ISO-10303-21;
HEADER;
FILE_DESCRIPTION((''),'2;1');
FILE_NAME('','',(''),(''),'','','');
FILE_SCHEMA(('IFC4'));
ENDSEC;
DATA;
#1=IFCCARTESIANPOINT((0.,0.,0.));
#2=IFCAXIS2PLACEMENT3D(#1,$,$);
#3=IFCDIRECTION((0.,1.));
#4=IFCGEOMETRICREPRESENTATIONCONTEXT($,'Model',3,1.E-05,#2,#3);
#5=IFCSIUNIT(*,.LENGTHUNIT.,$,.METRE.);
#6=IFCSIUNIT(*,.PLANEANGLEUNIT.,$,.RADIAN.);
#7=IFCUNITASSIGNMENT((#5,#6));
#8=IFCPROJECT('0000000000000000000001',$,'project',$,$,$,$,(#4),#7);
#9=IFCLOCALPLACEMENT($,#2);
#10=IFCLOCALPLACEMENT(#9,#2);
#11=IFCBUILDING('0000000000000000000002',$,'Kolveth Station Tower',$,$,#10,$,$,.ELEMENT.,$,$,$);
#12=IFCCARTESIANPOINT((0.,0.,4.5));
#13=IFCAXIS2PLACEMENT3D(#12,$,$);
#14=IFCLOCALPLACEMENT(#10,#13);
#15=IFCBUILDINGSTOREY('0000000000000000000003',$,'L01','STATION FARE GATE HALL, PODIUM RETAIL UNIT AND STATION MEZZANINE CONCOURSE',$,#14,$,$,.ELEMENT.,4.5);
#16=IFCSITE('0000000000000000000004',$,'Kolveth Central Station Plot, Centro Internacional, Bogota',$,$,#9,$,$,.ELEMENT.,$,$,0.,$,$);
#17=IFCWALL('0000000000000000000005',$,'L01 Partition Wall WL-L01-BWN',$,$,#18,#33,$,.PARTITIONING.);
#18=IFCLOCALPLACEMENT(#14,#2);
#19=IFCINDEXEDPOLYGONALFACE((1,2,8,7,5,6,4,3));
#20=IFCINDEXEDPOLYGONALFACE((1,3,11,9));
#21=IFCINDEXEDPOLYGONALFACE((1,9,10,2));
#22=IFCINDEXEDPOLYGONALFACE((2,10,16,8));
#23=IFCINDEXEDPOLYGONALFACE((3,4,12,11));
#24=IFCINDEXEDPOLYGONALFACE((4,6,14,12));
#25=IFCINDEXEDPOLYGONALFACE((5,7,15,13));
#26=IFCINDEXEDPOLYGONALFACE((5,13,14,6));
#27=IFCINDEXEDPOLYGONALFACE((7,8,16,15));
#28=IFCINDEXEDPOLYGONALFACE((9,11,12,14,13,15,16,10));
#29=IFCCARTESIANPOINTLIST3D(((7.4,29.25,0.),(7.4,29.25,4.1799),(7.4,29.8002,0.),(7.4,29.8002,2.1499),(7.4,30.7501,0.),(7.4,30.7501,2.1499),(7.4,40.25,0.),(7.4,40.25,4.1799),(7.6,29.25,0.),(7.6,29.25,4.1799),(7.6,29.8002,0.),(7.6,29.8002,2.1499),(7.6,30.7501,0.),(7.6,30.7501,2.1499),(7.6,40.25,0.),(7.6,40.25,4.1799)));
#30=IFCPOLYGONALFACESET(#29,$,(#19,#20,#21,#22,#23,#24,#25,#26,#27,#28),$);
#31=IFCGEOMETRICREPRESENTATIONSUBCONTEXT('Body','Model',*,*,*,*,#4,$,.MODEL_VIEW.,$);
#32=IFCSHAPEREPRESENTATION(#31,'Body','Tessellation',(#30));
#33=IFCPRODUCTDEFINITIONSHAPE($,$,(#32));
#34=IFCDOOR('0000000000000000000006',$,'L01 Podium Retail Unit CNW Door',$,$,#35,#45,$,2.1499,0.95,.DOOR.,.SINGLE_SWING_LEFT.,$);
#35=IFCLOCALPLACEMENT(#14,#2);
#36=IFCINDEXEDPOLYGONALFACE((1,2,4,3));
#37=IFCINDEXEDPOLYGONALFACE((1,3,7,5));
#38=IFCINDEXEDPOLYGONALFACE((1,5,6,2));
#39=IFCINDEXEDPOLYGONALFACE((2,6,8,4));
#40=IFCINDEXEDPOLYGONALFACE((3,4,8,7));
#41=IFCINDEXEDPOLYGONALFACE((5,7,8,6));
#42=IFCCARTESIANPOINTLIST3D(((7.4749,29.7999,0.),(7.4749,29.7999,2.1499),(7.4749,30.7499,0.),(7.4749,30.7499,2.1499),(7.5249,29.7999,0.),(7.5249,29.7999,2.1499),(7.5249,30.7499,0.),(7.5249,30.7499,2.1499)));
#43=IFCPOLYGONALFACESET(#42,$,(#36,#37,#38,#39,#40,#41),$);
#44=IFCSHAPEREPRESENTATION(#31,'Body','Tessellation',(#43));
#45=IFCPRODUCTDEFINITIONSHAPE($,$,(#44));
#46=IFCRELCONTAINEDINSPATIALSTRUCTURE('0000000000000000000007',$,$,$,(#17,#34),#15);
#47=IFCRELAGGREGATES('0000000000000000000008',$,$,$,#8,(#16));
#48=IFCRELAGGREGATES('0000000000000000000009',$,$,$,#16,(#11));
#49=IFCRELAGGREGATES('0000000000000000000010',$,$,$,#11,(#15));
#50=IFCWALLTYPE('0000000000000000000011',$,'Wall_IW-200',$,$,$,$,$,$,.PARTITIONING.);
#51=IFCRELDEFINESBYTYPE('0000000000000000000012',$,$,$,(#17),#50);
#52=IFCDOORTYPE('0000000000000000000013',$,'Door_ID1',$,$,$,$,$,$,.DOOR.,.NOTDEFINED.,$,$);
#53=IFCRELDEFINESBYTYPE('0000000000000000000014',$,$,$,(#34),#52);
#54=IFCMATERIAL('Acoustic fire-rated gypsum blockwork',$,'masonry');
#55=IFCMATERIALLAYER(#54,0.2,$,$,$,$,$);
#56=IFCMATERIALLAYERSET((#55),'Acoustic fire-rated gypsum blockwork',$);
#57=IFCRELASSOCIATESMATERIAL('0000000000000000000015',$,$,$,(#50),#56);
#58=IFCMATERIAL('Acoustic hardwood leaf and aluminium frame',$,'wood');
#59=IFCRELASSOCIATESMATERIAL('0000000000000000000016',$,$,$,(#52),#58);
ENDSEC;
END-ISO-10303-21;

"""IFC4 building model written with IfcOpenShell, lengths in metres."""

from ifc_helpers import new_model, si_unit, direction, frame, frame_2d, origin, place, context, subcontext, project, spatial, rectangle, extrude, material, layer, layer_set, type_object, element, fill, save


model = new_model("IFC4")

# Units and contexts
model_context = context("Model", 3, precision=1e-05, world=origin(), true_north=direction((0.0, 1.0)))
body_context = subcontext(model_context, "Body", "Model", "MODEL_VIEW")
ifc_project = project(units=[si_unit("LENGTHUNIT", "METRE"), si_unit("PLANEANGLEUNIT", "RADIAN")], contexts=[model_context])

# Site, building, storey
site_placement = place(None, origin())
site = spatial("IfcSite", under=ifc_project, at=site_placement, Name="Kolveth Central Station Plot, Centro Internacional, Bogota", CompositionType="ELEMENT", RefElevation=0.0)
building_placement = place(site_placement, origin())
building = spatial("IfcBuilding", under=site, at=building_placement, Name="Kolveth Station Tower", CompositionType="ELEMENT")
storey_placement = place(building_placement, frame((0.0, 0.0, 4.5)))
storey = spatial("IfcBuildingStorey", under=building, at=storey_placement, Name="L01", Description="STATION FARE GATE HALL, PODIUM RETAIL UNIT AND STATION MEZZANINE CONCOURSE", CompositionType="ELEMENT", Elevation=4.5)

# Shared definitions
ifc_material_1 = material(Name="Acoustic fire-rated gypsum blockwork", Category="masonry")
ifc_layer = layer(ifc_material_1, 0.2)
ifc_layer_set = layer_set([ifc_layer], Name="Acoustic fire-rated gypsum blockwork")
wall_type = type_object("IfcWallType", Name="Wall_IW-200", PredefinedType="PARTITIONING", material=ifc_layer_set)
ifc_material_2 = material(Name="Acoustic hardwood leaf and aluminium frame", Category="wood")
door_type = type_object("IfcDoorType", Name="Door_ID1", OperationType="NOTDEFINED", PredefinedType="DOOR", material=ifc_material_2)

# Wall, opening, door
wall_1_placement = place(storey_placement, frame((7.5, 29.25, 0.0), z_axis=(0.0, 0.0, 1.0), x_axis=(0.0, 1.0, 0.0)))
wall_1 = element("IfcWall", 1, at=wall_1_placement, inside=storey, type_object=wall_type, Name="L01 Partition Wall WL-L01-BWN", PredefinedType="PARTITIONING", context=body_context, shape_type="SweptSolid", body=[
    extrude(rectangle(XDim=11.0, YDim=0.2, at=frame_2d((5.5, 0.0))), origin(), (0.0, 0.0, 1.0), 4.1799),
])
opening_1_placement = place(wall_1_placement, frame((0.55, 0.0, 0.0)))
opening_1 = element("IfcOpeningElement", 2, at=opening_1_placement, cuts=wall_1, PredefinedType="OPENING", context=body_context, shape_type="SweptSolid", body=[
    extrude(rectangle(XDim=0.95, YDim=2.1499, at=frame_2d((0.4751, 1.075))), frame((0.0, 0.1099, 0.0), z_axis=(0.0, -1.0, 0.0), x_axis=(1.0, 0.0, 0.0)), (0.0, 0.0, 1.0), 0.22),
])
door_1_placement = place(opening_1_placement, frame((0.95, 0.0, 0.0), z_axis=(0.0, 0.0, 1.0), x_axis=(-1.0, 0.0, 0.0)))
door_1 = element("IfcDoor", 3, at=door_1_placement, inside=storey, type_object=door_type, Name="L01 Podium Retail Unit CNW Door", OperationType="SINGLE_SWING_LEFT", OverallHeight=2.1499, OverallWidth=0.95, PredefinedType="DOOR", context=body_context, shape_type="SweptSolid", body=[
    extrude(rectangle(XDim=0.95, YDim=2.1499, at=frame_2d((0.4751, 1.075))), frame((0.0, 0.0249, 0.0), z_axis=(0.0, -1.0, 0.0), x_axis=(1.0, 0.0, 0.0)), (0.0, 0.0, 1.0), 0.05),
])
fill(opening_1, door_1)

save(model, "model.ifc")
